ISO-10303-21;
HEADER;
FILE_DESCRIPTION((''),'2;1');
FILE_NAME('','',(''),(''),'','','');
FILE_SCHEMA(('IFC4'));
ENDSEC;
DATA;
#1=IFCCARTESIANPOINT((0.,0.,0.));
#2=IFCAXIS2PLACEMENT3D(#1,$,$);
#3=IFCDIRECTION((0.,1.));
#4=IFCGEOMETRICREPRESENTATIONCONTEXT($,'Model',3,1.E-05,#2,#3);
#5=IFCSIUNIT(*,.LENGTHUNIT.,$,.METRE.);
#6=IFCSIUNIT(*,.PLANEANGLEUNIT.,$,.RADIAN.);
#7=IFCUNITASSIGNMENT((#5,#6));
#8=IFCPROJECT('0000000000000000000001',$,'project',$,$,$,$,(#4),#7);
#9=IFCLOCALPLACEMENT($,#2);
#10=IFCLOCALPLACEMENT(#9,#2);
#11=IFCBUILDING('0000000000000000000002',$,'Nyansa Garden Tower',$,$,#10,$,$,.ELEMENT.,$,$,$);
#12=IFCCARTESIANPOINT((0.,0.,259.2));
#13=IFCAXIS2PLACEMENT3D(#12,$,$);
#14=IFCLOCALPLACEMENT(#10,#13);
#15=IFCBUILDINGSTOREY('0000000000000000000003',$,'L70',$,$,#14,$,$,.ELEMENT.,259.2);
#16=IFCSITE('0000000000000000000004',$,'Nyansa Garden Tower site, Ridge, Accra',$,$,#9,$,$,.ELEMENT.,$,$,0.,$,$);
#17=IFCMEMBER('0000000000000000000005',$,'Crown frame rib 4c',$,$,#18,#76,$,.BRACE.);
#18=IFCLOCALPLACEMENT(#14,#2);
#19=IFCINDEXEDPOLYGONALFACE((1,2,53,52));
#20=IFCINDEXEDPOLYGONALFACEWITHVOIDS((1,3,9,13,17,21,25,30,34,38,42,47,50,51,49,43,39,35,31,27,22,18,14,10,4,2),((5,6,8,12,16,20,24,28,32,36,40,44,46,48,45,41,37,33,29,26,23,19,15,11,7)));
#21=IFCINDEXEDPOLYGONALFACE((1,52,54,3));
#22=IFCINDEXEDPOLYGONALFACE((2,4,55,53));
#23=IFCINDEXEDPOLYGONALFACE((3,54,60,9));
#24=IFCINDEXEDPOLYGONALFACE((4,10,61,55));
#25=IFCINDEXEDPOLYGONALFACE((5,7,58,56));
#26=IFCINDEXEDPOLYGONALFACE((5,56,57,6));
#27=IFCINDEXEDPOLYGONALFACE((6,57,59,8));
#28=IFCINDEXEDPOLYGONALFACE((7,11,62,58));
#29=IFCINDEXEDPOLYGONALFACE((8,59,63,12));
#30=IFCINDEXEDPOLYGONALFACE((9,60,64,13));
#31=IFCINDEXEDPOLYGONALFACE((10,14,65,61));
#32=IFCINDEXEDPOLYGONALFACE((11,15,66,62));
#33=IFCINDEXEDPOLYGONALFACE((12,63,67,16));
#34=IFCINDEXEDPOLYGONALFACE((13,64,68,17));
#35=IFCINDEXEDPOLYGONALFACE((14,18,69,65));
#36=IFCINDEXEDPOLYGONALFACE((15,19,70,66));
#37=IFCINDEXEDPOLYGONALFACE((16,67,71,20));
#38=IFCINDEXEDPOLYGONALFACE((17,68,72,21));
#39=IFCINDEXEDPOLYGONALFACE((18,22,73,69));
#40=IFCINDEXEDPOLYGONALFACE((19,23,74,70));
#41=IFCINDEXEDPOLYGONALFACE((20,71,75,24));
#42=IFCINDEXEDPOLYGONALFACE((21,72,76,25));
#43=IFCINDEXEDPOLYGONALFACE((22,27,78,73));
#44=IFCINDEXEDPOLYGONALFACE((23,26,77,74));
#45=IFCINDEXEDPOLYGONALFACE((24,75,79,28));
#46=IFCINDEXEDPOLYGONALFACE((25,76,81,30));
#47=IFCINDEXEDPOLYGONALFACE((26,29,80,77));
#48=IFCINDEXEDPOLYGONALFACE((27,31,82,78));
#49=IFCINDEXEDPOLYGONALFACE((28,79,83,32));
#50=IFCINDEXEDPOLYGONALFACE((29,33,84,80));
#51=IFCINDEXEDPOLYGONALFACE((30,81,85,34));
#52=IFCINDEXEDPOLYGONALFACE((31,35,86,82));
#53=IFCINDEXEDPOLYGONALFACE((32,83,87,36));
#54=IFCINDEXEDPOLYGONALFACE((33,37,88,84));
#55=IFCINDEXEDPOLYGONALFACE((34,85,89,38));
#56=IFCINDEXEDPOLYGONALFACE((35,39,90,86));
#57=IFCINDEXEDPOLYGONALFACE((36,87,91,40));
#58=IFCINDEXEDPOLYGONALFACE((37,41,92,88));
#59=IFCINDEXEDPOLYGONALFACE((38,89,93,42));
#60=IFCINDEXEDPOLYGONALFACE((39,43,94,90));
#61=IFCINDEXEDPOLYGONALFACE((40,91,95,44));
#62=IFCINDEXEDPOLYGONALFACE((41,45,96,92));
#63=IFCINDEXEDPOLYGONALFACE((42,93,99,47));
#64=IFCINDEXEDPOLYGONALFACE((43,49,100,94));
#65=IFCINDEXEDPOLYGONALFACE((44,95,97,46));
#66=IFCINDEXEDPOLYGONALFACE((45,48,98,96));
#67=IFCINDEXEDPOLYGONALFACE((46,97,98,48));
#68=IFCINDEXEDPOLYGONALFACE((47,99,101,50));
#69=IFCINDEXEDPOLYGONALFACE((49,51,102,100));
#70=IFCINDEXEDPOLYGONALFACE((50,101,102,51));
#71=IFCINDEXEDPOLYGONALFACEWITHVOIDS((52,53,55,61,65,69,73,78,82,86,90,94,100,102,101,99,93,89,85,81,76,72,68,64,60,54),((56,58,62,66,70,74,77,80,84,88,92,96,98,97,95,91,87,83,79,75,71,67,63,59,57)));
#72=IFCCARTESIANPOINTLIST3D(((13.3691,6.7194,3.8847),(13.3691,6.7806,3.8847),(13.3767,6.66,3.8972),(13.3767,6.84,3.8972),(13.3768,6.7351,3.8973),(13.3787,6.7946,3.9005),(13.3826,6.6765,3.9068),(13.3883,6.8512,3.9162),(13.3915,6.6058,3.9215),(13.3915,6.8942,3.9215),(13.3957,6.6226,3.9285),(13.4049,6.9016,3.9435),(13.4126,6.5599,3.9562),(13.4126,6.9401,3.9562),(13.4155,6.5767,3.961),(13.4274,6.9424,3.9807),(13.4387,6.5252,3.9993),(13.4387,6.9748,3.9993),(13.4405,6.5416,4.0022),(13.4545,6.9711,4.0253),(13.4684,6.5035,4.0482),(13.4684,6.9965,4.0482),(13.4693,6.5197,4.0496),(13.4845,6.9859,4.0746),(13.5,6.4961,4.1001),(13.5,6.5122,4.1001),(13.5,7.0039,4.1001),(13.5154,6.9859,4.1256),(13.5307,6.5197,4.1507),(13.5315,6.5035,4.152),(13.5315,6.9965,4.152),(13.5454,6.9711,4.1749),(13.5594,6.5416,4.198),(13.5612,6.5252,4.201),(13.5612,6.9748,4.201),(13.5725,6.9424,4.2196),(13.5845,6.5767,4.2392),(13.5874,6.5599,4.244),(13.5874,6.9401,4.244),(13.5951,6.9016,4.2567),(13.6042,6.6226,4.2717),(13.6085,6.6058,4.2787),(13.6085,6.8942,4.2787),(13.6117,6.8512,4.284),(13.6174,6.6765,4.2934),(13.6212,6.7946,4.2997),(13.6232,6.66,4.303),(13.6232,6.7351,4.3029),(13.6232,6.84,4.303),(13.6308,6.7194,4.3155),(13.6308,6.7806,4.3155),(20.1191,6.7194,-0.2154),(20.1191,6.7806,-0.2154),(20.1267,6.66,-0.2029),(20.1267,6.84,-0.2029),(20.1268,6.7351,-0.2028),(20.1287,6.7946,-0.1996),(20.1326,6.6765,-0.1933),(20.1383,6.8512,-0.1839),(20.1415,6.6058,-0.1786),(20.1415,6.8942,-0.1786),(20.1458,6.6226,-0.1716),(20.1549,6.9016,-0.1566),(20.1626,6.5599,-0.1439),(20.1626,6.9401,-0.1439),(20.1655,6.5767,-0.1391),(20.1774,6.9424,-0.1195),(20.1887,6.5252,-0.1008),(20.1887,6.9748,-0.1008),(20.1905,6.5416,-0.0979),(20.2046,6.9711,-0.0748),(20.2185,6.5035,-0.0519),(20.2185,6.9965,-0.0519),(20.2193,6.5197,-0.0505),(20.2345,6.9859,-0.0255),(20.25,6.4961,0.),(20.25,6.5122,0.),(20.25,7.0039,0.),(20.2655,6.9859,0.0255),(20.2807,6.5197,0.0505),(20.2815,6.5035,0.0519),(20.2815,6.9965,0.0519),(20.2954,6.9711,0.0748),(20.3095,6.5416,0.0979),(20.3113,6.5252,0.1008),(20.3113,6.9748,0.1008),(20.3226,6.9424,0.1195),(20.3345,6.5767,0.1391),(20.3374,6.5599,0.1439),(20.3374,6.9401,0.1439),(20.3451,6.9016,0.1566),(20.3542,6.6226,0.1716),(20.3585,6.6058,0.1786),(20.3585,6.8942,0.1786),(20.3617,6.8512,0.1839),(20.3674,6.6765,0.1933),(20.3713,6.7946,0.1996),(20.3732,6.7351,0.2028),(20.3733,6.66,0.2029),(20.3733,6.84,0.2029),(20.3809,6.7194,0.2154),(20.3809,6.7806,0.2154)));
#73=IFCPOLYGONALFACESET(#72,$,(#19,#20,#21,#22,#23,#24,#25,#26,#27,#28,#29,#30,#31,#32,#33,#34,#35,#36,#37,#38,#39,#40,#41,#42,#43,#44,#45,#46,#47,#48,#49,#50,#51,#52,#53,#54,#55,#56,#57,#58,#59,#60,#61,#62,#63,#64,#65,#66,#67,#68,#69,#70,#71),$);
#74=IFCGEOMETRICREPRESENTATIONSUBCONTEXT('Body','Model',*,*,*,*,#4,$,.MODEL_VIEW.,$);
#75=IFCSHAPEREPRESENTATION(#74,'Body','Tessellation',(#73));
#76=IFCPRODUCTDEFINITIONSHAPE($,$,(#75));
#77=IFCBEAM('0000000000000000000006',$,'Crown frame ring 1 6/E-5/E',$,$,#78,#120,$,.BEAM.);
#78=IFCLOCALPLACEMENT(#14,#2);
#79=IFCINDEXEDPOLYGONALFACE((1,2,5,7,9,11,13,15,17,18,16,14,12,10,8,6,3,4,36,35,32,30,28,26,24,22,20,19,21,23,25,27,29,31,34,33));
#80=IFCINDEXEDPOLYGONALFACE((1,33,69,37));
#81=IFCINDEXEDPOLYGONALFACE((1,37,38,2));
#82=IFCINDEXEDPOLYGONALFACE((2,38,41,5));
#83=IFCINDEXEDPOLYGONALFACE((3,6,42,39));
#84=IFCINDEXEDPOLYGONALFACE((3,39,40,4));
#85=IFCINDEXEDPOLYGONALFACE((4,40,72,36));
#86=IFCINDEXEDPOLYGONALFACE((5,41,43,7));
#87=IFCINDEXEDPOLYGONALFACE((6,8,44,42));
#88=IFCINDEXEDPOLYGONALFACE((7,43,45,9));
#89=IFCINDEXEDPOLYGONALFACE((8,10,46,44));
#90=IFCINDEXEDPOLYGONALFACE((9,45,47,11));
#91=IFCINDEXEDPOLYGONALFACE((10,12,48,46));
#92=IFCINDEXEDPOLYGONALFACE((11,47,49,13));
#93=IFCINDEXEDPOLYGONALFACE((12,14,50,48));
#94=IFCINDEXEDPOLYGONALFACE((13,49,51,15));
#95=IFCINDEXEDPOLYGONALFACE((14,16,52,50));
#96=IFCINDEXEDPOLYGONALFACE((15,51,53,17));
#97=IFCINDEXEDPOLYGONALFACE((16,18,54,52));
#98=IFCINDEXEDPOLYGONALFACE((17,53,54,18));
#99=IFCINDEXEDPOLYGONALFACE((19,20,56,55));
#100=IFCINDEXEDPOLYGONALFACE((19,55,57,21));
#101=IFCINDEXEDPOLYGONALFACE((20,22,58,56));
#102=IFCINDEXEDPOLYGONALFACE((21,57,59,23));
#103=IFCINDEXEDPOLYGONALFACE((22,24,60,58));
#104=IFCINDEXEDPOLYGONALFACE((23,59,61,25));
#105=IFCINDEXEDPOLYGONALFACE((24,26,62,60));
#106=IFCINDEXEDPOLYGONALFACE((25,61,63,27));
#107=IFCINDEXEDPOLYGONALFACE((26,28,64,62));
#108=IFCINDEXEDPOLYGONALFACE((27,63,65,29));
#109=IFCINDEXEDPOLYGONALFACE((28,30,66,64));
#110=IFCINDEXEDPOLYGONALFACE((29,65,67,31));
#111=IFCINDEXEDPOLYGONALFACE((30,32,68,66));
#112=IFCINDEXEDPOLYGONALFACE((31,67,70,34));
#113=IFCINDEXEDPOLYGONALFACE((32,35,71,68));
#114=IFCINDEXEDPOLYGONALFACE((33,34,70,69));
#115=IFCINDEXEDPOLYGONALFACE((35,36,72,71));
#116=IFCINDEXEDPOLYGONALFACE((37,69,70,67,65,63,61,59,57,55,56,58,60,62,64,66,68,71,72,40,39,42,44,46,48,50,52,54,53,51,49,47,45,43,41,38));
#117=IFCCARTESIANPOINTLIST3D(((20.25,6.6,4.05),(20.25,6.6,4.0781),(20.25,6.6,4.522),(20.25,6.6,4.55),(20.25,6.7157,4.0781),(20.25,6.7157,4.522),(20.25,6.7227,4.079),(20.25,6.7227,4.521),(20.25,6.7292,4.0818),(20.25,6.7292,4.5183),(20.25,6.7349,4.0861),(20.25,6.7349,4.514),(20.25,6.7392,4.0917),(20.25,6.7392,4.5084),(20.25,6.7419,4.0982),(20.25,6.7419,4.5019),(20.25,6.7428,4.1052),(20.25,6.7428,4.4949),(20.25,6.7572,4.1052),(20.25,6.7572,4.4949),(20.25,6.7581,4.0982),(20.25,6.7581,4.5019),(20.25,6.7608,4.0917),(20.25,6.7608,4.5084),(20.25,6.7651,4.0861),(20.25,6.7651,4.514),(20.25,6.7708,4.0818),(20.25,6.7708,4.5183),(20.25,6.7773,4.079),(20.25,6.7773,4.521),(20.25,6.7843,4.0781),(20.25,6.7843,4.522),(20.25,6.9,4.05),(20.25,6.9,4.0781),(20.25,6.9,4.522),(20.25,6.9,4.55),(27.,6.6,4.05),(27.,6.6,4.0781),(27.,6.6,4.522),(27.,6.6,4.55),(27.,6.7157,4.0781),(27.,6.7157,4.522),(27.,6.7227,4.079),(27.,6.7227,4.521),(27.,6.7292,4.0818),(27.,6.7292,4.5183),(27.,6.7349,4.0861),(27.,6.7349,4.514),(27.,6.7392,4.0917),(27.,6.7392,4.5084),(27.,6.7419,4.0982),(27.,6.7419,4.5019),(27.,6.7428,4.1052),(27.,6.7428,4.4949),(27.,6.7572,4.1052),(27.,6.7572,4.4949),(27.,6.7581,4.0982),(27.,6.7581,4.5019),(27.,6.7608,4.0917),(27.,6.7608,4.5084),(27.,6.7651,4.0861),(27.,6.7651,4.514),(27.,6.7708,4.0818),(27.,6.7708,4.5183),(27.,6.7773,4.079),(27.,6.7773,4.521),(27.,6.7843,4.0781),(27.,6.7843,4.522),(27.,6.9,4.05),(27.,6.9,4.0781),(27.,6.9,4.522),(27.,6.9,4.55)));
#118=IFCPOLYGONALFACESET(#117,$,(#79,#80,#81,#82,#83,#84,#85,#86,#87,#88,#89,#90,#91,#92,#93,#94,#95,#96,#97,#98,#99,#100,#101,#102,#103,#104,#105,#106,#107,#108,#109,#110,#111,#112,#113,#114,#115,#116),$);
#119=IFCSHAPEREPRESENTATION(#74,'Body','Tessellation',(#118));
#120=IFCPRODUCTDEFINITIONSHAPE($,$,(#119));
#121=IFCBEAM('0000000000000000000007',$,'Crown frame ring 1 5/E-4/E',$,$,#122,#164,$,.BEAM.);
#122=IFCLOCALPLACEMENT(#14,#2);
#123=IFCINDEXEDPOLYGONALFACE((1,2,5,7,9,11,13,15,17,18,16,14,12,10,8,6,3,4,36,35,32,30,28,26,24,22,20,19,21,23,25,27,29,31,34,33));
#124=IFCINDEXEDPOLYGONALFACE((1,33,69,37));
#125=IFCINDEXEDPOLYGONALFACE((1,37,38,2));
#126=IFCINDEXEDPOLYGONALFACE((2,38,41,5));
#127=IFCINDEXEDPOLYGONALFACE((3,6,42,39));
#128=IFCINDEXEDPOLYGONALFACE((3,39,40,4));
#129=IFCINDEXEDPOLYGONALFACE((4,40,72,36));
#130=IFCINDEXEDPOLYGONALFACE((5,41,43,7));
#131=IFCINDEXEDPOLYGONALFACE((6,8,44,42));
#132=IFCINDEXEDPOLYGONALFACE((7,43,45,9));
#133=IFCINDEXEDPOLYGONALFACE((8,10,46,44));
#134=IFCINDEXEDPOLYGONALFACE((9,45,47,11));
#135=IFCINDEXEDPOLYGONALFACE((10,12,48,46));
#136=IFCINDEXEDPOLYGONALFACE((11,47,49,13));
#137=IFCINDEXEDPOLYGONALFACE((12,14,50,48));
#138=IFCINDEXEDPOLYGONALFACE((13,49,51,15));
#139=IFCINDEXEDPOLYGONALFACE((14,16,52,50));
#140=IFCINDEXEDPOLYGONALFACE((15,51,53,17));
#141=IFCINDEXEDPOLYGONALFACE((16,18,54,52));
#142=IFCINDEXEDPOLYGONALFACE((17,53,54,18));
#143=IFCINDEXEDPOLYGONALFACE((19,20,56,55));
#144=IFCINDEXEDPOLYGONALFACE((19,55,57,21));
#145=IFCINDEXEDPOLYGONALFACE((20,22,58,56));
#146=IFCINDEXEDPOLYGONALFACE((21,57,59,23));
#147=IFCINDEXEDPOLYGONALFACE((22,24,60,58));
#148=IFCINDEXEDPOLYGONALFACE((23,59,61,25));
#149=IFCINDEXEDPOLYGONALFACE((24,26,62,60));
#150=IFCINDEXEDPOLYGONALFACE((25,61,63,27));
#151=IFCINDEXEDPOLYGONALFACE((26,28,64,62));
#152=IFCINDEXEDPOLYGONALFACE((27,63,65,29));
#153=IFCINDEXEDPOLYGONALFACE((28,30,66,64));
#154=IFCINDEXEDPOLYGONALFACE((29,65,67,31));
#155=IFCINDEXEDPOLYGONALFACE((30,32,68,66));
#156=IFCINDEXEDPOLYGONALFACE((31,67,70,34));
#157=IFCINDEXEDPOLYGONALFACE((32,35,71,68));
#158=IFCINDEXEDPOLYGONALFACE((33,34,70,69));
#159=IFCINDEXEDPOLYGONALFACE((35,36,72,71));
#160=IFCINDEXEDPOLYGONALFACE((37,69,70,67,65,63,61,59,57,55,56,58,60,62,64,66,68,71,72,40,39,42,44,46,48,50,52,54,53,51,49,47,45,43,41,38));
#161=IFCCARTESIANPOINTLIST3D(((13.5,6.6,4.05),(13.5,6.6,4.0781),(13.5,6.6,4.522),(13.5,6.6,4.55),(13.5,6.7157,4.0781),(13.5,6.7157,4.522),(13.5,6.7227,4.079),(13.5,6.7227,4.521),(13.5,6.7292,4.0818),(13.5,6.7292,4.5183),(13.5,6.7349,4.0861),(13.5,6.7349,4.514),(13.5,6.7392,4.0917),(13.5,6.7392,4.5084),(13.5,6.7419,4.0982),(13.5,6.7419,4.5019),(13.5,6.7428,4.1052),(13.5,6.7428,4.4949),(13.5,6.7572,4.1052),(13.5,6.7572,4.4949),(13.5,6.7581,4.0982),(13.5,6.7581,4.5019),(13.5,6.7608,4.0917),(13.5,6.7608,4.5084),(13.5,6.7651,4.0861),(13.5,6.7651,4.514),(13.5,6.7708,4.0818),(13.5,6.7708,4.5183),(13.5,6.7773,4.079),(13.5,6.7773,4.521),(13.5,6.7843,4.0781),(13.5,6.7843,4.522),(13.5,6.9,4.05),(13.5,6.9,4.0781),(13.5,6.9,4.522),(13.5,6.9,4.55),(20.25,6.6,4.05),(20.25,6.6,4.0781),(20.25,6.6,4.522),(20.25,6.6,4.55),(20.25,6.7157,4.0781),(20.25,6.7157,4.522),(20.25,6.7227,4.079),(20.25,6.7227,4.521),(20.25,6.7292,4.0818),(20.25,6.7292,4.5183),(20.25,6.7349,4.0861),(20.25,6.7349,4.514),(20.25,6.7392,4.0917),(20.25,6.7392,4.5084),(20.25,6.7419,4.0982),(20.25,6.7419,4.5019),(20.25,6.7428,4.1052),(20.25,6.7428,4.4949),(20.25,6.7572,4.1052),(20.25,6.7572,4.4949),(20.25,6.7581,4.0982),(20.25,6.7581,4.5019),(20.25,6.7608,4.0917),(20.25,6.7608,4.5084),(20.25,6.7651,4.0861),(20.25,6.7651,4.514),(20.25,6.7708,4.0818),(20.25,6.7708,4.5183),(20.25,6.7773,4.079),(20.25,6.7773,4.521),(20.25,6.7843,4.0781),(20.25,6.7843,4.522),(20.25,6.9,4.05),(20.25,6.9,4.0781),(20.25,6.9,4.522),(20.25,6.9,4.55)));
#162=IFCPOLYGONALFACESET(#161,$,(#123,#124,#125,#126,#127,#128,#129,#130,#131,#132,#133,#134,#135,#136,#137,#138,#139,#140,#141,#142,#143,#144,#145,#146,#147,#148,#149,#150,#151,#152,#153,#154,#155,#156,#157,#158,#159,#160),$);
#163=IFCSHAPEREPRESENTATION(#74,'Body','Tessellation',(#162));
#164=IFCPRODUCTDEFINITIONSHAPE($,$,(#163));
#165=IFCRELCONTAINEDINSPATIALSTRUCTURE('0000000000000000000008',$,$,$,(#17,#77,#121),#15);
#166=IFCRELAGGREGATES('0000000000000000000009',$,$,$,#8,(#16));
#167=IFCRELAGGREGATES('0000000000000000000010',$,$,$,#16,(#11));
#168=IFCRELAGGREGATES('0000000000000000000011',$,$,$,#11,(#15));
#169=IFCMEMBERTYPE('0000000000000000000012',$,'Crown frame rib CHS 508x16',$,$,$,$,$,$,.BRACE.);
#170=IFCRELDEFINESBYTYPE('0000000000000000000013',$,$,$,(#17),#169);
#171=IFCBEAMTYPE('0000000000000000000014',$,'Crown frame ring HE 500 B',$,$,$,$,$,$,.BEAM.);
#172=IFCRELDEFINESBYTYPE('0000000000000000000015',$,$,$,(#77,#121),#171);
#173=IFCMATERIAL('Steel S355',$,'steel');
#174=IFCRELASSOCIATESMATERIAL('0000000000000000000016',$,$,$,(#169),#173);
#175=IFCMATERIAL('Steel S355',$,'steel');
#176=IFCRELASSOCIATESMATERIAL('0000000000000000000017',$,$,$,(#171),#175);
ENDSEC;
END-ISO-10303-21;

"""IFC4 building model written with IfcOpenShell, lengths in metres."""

from ifc_helpers import new_model, si_unit, direction, frame, origin, origin_2d, place, context, subcontext, project, spatial, hollow_circle, i_section, extrude, material, material_profile, profile_set, type_object, element, save


model = new_model("IFC4")

# Units and contexts
model_context = context("Model", 3, precision=1e-05, world=origin(), true_north=direction((0.0, 1.0)))
body_context = subcontext(model_context, "Body", "Model", "MODEL_VIEW")
ifc_project = project(units=[si_unit("LENGTHUNIT", "METRE"), si_unit("PLANEANGLEUNIT", "RADIAN")], contexts=[model_context])

# Site, building, storey
site_placement = place(None, origin())
site = spatial("IfcSite", under=ifc_project, at=site_placement, Name="Nyansa Garden Tower site, Ridge, Accra", CompositionType="ELEMENT", RefElevation=0.0)
building_placement = place(site_placement, origin())
building = spatial("IfcBuilding", under=site, at=building_placement, Name="Nyansa Garden Tower", CompositionType="ELEMENT")
storey_placement = place(building_placement, frame((0.0, 0.0, 259.2)))
storey = spatial("IfcBuildingStorey", under=building, at=storey_placement, Name="L70", CompositionType="ELEMENT", Elevation=259.2)

# Member
ifc_material_1 = material(Name="Steel S355", Category="steel")
ifc_material_profile_1 = material_profile(ifc_material_1, hollow_circle(Radius=0.2539, WallThickness=0.0161, at=origin_2d()), Name="CHS 508x16")
ifc_profile_set_1 = profile_set([ifc_material_profile_1], Name="Steel S355")
member_type = type_object("IfcMemberType", Name="Crown frame rib CHS 508x16", PredefinedType="BRACE", material=ifc_profile_set_1)
member_1_placement = place(storey_placement, frame((20.25, 6.75, 0.0), z_axis=(-0.854682, 0.0, 0.519152), x_axis=(0.0, -1.0, 0.0)))
element("IfcMember", 1, at=member_1_placement, inside=storey, type_object=member_type, Name="Crown frame rib 4c", PredefinedType="BRACE", context=body_context, shape_type="SweptSolid", body=[
    extrude(hollow_circle(Radius=0.2539, WallThickness=0.0161, at=origin_2d()), origin(), (0.0, 0.0, 1.0), 7.8977),
])

# Beams
ifc_material_2 = material(Name="Steel S355", Category="steel")
ifc_material_profile_2 = material_profile(ifc_material_2, i_section(OverallWidth=0.3, OverallDepth=0.5, WebThickness=0.0144, FlangeThickness=0.0281, FilletRadius=0.0271, at=origin_2d()), Name="HE 500 B")
ifc_profile_set_2 = profile_set([ifc_material_profile_2], Name="Steel S355")
beam_type_1 = type_object("IfcBeamType", Name="Crown frame ring HE 500 B", PredefinedType="BEAM", material=ifc_profile_set_2)
for number, where, z_axis, x_axis, name in (
    (2, (27.0, 6.75, 4.3), (-1.0, 0.0, 0.0), (0.0, -1.0, 0.0), "Crown frame ring 1 6/E-5/E"),
    (3, (20.25, 6.75, 4.3), (-1.0, 0.0, 0.0), (0.0, -1.0, 0.0), "Crown frame ring 1 5/E-4/E"),
):
    element("IfcBeam", number, at=place(storey_placement, frame(where, z_axis=z_axis, x_axis=x_axis)), inside=storey, type_object=beam_type_1, Name=name, PredefinedType="BEAM", context=body_context, shape_type="SweptSolid", body=[
        extrude(i_section(OverallWidth=0.3, OverallDepth=0.5, WebThickness=0.0144, FlangeThickness=0.0281, FilletRadius=0.0271, at=origin_2d()), origin(), (0.0, 0.0, 1.0), 6.75),
    ])

save(model, "model.ifc")
